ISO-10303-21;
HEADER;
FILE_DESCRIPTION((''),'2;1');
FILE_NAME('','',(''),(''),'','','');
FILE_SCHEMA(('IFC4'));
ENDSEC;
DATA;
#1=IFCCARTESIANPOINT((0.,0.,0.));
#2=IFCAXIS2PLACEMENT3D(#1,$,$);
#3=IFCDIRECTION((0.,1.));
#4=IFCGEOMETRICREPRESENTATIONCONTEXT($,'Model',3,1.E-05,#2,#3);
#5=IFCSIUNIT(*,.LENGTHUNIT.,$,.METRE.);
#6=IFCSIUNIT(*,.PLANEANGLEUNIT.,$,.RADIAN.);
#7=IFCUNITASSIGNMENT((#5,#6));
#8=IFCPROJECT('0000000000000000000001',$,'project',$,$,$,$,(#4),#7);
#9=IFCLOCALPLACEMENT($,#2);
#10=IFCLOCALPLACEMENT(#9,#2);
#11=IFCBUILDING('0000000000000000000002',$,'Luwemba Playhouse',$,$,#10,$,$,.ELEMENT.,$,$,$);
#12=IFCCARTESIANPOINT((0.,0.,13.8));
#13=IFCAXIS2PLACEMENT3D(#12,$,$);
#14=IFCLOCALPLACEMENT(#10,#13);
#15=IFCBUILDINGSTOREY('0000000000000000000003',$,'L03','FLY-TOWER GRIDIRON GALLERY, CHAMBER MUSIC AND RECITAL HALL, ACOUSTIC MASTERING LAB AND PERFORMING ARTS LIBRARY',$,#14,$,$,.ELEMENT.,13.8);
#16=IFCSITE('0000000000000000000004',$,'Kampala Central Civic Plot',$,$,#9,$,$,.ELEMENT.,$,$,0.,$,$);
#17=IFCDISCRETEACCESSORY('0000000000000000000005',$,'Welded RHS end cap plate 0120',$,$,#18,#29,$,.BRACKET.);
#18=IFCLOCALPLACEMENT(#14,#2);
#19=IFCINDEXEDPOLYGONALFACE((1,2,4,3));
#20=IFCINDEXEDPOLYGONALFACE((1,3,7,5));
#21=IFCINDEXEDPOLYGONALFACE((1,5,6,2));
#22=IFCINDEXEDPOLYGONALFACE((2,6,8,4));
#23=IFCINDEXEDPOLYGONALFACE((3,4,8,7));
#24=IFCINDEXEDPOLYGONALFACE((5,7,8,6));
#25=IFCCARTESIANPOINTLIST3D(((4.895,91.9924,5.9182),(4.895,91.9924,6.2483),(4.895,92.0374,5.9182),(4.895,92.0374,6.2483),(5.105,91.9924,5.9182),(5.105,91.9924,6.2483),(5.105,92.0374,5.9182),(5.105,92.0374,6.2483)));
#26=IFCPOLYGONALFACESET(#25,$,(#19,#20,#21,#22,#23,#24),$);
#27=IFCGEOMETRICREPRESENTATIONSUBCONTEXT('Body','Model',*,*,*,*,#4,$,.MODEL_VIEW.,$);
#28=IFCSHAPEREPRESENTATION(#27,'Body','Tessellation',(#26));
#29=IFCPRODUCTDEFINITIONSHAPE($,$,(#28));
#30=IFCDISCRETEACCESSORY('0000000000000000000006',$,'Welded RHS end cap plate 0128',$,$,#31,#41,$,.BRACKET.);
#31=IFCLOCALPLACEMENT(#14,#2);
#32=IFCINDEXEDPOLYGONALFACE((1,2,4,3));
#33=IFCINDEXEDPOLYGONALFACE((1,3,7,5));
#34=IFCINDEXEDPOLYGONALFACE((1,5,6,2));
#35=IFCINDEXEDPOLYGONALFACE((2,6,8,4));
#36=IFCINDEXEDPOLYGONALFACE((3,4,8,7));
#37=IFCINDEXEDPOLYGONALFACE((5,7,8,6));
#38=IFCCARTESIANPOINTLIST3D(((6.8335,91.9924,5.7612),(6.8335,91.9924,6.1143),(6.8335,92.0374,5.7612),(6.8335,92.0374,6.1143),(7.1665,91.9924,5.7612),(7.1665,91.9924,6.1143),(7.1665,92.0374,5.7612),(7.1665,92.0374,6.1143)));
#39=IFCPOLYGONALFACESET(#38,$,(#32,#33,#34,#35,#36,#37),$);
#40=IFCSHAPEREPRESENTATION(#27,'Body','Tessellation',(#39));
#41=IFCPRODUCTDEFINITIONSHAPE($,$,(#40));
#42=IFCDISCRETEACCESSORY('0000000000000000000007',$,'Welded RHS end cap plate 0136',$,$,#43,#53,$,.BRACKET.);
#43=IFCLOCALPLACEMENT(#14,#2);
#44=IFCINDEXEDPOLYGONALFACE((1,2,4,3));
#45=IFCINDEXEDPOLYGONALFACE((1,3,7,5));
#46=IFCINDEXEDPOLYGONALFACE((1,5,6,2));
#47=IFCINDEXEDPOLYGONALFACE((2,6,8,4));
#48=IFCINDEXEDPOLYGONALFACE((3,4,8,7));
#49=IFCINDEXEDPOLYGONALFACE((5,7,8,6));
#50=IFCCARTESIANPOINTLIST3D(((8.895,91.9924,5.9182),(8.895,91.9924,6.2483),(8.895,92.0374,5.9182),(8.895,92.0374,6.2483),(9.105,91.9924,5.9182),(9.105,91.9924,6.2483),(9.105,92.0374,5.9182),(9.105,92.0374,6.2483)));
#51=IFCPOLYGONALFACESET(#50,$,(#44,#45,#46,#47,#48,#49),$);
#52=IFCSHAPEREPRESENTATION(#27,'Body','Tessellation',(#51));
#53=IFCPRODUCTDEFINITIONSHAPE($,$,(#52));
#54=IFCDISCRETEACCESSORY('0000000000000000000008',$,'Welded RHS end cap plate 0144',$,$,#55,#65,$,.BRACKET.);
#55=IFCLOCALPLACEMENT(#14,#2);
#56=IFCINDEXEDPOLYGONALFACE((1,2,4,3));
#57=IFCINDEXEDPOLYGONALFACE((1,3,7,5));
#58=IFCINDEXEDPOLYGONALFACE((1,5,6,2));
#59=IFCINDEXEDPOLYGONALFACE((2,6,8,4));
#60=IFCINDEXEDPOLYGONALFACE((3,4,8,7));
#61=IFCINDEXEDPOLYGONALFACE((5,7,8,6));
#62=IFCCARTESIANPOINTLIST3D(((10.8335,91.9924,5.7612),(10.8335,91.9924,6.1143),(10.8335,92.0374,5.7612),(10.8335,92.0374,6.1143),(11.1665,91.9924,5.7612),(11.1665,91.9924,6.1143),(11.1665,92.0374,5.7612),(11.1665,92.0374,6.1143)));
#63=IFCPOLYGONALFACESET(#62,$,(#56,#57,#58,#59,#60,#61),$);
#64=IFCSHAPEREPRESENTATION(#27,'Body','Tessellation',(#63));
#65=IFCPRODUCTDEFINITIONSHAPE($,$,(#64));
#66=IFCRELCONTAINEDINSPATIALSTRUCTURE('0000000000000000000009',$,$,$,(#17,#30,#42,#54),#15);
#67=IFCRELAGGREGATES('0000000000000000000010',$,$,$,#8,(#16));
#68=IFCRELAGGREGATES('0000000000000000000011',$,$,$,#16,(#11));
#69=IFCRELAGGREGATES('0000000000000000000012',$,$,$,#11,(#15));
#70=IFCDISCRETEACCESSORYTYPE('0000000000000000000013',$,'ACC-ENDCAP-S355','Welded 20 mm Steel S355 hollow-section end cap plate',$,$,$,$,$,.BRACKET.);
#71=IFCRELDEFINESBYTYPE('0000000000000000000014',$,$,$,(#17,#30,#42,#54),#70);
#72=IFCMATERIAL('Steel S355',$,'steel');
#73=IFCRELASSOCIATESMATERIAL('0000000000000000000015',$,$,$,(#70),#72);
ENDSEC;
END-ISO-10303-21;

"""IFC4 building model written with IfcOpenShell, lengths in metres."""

from ifc_helpers import new_model, si_unit, direction, frame, origin, origin_2d, place, context, subcontext, project, spatial, rectangle, extrude, material, type_object, element, save


model = new_model("IFC4")

# Units and contexts
model_context = context("Model", 3, precision=1e-05, world=origin(), true_north=direction((0.0, 1.0)))
body_context = subcontext(model_context, "Body", "Model", "MODEL_VIEW")
ifc_project = project(units=[si_unit("LENGTHUNIT", "METRE"), si_unit("PLANEANGLEUNIT", "RADIAN")], contexts=[model_context])

# Site, building, storey
site_placement = place(None, origin())
site = spatial("IfcSite", under=ifc_project, at=site_placement, Name="Kampala Central Civic Plot", CompositionType="ELEMENT", RefElevation=0.0)
building_placement = place(site_placement, origin())
building = spatial("IfcBuilding", under=site, at=building_placement, Name="Luwemba Playhouse", CompositionType="ELEMENT")
storey_placement = place(building_placement, frame((0.0, 0.0, 13.8)))
storey = spatial("IfcBuildingStorey", under=building, at=storey_placement, Name="L03", Description="FLY-TOWER GRIDIRON GALLERY, CHAMBER MUSIC AND RECITAL HALL, ACOUSTIC MASTERING LAB AND PERFORMING ARTS LIBRARY", CompositionType="ELEMENT", Elevation=13.8)

# Shared definitions
ifc_material_1 = material(Name="Steel S355", Category="steel")

# Discrete accessories
discrete_accessory_type = type_object("IfcDiscreteAccessoryType", Name="ACC-ENDCAP-S355", Description="Welded 20 mm Steel S355 hollow-section end cap plate", PredefinedType="BRACKET", material=ifc_material_1)
discrete_accessory_1_placement = place(storey_placement, frame((5.0, 92.0149, 5.9182), z_axis=(0.0, 0.0, 1.0), x_axis=(1.0, 0.0, 0.0)))
element("IfcDiscreteAccessory", 1, at=discrete_accessory_1_placement, inside=storey, type_object=discrete_accessory_type, Name="Welded RHS end cap plate 0120", PredefinedType="BRACKET", context=body_context, shape_type="SweptSolid", body=[
    extrude(rectangle(XDim=0.21, YDim=0.0449, at=origin_2d()), origin(), (0.0, 0.0, 1.0), 0.3301),
])
discrete_accessory_2_placement = place(storey_placement, frame((7.0, 92.0149, 5.7612), z_axis=(0.0, 0.0, 1.0), x_axis=(1.0, 0.0, 0.0)))
element("IfcDiscreteAccessory", 2, at=discrete_accessory_2_placement, inside=storey, type_object=discrete_accessory_type, Name="Welded RHS end cap plate 0128", PredefinedType="BRACKET", context=body_context, shape_type="SweptSolid", body=[
    extrude(rectangle(XDim=0.333, YDim=0.0449, at=origin_2d()), origin(), (0.0, 0.0, 1.0), 0.353),
])
discrete_accessory_3_placement = place(storey_placement, frame((9.0, 92.0149, 5.9182), z_axis=(0.0, 0.0, 1.0), x_axis=(1.0, 0.0, 0.0)))
element("IfcDiscreteAccessory", 3, at=discrete_accessory_3_placement, inside=storey, type_object=discrete_accessory_type, Name="Welded RHS end cap plate 0136", PredefinedType="BRACKET", context=body_context, shape_type="SweptSolid", body=[
    extrude(rectangle(XDim=0.21, YDim=0.0449, at=origin_2d()), origin(), (0.0, 0.0, 1.0), 0.3301),
])
discrete_accessory_4_placement = place(storey_placement, frame((11.0, 92.0149, 5.7612), z_axis=(0.0, 0.0, 1.0), x_axis=(1.0, 0.0, 0.0)))
element("IfcDiscreteAccessory", 4, at=discrete_accessory_4_placement, inside=storey, type_object=discrete_accessory_type, Name="Welded RHS end cap plate 0144", PredefinedType="BRACKET", context=body_context, shape_type="SweptSolid", body=[
    extrude(rectangle(XDim=0.333, YDim=0.0449, at=origin_2d()), origin(), (0.0, 0.0, 1.0), 0.353),
])

save(model, "model.ifc")
